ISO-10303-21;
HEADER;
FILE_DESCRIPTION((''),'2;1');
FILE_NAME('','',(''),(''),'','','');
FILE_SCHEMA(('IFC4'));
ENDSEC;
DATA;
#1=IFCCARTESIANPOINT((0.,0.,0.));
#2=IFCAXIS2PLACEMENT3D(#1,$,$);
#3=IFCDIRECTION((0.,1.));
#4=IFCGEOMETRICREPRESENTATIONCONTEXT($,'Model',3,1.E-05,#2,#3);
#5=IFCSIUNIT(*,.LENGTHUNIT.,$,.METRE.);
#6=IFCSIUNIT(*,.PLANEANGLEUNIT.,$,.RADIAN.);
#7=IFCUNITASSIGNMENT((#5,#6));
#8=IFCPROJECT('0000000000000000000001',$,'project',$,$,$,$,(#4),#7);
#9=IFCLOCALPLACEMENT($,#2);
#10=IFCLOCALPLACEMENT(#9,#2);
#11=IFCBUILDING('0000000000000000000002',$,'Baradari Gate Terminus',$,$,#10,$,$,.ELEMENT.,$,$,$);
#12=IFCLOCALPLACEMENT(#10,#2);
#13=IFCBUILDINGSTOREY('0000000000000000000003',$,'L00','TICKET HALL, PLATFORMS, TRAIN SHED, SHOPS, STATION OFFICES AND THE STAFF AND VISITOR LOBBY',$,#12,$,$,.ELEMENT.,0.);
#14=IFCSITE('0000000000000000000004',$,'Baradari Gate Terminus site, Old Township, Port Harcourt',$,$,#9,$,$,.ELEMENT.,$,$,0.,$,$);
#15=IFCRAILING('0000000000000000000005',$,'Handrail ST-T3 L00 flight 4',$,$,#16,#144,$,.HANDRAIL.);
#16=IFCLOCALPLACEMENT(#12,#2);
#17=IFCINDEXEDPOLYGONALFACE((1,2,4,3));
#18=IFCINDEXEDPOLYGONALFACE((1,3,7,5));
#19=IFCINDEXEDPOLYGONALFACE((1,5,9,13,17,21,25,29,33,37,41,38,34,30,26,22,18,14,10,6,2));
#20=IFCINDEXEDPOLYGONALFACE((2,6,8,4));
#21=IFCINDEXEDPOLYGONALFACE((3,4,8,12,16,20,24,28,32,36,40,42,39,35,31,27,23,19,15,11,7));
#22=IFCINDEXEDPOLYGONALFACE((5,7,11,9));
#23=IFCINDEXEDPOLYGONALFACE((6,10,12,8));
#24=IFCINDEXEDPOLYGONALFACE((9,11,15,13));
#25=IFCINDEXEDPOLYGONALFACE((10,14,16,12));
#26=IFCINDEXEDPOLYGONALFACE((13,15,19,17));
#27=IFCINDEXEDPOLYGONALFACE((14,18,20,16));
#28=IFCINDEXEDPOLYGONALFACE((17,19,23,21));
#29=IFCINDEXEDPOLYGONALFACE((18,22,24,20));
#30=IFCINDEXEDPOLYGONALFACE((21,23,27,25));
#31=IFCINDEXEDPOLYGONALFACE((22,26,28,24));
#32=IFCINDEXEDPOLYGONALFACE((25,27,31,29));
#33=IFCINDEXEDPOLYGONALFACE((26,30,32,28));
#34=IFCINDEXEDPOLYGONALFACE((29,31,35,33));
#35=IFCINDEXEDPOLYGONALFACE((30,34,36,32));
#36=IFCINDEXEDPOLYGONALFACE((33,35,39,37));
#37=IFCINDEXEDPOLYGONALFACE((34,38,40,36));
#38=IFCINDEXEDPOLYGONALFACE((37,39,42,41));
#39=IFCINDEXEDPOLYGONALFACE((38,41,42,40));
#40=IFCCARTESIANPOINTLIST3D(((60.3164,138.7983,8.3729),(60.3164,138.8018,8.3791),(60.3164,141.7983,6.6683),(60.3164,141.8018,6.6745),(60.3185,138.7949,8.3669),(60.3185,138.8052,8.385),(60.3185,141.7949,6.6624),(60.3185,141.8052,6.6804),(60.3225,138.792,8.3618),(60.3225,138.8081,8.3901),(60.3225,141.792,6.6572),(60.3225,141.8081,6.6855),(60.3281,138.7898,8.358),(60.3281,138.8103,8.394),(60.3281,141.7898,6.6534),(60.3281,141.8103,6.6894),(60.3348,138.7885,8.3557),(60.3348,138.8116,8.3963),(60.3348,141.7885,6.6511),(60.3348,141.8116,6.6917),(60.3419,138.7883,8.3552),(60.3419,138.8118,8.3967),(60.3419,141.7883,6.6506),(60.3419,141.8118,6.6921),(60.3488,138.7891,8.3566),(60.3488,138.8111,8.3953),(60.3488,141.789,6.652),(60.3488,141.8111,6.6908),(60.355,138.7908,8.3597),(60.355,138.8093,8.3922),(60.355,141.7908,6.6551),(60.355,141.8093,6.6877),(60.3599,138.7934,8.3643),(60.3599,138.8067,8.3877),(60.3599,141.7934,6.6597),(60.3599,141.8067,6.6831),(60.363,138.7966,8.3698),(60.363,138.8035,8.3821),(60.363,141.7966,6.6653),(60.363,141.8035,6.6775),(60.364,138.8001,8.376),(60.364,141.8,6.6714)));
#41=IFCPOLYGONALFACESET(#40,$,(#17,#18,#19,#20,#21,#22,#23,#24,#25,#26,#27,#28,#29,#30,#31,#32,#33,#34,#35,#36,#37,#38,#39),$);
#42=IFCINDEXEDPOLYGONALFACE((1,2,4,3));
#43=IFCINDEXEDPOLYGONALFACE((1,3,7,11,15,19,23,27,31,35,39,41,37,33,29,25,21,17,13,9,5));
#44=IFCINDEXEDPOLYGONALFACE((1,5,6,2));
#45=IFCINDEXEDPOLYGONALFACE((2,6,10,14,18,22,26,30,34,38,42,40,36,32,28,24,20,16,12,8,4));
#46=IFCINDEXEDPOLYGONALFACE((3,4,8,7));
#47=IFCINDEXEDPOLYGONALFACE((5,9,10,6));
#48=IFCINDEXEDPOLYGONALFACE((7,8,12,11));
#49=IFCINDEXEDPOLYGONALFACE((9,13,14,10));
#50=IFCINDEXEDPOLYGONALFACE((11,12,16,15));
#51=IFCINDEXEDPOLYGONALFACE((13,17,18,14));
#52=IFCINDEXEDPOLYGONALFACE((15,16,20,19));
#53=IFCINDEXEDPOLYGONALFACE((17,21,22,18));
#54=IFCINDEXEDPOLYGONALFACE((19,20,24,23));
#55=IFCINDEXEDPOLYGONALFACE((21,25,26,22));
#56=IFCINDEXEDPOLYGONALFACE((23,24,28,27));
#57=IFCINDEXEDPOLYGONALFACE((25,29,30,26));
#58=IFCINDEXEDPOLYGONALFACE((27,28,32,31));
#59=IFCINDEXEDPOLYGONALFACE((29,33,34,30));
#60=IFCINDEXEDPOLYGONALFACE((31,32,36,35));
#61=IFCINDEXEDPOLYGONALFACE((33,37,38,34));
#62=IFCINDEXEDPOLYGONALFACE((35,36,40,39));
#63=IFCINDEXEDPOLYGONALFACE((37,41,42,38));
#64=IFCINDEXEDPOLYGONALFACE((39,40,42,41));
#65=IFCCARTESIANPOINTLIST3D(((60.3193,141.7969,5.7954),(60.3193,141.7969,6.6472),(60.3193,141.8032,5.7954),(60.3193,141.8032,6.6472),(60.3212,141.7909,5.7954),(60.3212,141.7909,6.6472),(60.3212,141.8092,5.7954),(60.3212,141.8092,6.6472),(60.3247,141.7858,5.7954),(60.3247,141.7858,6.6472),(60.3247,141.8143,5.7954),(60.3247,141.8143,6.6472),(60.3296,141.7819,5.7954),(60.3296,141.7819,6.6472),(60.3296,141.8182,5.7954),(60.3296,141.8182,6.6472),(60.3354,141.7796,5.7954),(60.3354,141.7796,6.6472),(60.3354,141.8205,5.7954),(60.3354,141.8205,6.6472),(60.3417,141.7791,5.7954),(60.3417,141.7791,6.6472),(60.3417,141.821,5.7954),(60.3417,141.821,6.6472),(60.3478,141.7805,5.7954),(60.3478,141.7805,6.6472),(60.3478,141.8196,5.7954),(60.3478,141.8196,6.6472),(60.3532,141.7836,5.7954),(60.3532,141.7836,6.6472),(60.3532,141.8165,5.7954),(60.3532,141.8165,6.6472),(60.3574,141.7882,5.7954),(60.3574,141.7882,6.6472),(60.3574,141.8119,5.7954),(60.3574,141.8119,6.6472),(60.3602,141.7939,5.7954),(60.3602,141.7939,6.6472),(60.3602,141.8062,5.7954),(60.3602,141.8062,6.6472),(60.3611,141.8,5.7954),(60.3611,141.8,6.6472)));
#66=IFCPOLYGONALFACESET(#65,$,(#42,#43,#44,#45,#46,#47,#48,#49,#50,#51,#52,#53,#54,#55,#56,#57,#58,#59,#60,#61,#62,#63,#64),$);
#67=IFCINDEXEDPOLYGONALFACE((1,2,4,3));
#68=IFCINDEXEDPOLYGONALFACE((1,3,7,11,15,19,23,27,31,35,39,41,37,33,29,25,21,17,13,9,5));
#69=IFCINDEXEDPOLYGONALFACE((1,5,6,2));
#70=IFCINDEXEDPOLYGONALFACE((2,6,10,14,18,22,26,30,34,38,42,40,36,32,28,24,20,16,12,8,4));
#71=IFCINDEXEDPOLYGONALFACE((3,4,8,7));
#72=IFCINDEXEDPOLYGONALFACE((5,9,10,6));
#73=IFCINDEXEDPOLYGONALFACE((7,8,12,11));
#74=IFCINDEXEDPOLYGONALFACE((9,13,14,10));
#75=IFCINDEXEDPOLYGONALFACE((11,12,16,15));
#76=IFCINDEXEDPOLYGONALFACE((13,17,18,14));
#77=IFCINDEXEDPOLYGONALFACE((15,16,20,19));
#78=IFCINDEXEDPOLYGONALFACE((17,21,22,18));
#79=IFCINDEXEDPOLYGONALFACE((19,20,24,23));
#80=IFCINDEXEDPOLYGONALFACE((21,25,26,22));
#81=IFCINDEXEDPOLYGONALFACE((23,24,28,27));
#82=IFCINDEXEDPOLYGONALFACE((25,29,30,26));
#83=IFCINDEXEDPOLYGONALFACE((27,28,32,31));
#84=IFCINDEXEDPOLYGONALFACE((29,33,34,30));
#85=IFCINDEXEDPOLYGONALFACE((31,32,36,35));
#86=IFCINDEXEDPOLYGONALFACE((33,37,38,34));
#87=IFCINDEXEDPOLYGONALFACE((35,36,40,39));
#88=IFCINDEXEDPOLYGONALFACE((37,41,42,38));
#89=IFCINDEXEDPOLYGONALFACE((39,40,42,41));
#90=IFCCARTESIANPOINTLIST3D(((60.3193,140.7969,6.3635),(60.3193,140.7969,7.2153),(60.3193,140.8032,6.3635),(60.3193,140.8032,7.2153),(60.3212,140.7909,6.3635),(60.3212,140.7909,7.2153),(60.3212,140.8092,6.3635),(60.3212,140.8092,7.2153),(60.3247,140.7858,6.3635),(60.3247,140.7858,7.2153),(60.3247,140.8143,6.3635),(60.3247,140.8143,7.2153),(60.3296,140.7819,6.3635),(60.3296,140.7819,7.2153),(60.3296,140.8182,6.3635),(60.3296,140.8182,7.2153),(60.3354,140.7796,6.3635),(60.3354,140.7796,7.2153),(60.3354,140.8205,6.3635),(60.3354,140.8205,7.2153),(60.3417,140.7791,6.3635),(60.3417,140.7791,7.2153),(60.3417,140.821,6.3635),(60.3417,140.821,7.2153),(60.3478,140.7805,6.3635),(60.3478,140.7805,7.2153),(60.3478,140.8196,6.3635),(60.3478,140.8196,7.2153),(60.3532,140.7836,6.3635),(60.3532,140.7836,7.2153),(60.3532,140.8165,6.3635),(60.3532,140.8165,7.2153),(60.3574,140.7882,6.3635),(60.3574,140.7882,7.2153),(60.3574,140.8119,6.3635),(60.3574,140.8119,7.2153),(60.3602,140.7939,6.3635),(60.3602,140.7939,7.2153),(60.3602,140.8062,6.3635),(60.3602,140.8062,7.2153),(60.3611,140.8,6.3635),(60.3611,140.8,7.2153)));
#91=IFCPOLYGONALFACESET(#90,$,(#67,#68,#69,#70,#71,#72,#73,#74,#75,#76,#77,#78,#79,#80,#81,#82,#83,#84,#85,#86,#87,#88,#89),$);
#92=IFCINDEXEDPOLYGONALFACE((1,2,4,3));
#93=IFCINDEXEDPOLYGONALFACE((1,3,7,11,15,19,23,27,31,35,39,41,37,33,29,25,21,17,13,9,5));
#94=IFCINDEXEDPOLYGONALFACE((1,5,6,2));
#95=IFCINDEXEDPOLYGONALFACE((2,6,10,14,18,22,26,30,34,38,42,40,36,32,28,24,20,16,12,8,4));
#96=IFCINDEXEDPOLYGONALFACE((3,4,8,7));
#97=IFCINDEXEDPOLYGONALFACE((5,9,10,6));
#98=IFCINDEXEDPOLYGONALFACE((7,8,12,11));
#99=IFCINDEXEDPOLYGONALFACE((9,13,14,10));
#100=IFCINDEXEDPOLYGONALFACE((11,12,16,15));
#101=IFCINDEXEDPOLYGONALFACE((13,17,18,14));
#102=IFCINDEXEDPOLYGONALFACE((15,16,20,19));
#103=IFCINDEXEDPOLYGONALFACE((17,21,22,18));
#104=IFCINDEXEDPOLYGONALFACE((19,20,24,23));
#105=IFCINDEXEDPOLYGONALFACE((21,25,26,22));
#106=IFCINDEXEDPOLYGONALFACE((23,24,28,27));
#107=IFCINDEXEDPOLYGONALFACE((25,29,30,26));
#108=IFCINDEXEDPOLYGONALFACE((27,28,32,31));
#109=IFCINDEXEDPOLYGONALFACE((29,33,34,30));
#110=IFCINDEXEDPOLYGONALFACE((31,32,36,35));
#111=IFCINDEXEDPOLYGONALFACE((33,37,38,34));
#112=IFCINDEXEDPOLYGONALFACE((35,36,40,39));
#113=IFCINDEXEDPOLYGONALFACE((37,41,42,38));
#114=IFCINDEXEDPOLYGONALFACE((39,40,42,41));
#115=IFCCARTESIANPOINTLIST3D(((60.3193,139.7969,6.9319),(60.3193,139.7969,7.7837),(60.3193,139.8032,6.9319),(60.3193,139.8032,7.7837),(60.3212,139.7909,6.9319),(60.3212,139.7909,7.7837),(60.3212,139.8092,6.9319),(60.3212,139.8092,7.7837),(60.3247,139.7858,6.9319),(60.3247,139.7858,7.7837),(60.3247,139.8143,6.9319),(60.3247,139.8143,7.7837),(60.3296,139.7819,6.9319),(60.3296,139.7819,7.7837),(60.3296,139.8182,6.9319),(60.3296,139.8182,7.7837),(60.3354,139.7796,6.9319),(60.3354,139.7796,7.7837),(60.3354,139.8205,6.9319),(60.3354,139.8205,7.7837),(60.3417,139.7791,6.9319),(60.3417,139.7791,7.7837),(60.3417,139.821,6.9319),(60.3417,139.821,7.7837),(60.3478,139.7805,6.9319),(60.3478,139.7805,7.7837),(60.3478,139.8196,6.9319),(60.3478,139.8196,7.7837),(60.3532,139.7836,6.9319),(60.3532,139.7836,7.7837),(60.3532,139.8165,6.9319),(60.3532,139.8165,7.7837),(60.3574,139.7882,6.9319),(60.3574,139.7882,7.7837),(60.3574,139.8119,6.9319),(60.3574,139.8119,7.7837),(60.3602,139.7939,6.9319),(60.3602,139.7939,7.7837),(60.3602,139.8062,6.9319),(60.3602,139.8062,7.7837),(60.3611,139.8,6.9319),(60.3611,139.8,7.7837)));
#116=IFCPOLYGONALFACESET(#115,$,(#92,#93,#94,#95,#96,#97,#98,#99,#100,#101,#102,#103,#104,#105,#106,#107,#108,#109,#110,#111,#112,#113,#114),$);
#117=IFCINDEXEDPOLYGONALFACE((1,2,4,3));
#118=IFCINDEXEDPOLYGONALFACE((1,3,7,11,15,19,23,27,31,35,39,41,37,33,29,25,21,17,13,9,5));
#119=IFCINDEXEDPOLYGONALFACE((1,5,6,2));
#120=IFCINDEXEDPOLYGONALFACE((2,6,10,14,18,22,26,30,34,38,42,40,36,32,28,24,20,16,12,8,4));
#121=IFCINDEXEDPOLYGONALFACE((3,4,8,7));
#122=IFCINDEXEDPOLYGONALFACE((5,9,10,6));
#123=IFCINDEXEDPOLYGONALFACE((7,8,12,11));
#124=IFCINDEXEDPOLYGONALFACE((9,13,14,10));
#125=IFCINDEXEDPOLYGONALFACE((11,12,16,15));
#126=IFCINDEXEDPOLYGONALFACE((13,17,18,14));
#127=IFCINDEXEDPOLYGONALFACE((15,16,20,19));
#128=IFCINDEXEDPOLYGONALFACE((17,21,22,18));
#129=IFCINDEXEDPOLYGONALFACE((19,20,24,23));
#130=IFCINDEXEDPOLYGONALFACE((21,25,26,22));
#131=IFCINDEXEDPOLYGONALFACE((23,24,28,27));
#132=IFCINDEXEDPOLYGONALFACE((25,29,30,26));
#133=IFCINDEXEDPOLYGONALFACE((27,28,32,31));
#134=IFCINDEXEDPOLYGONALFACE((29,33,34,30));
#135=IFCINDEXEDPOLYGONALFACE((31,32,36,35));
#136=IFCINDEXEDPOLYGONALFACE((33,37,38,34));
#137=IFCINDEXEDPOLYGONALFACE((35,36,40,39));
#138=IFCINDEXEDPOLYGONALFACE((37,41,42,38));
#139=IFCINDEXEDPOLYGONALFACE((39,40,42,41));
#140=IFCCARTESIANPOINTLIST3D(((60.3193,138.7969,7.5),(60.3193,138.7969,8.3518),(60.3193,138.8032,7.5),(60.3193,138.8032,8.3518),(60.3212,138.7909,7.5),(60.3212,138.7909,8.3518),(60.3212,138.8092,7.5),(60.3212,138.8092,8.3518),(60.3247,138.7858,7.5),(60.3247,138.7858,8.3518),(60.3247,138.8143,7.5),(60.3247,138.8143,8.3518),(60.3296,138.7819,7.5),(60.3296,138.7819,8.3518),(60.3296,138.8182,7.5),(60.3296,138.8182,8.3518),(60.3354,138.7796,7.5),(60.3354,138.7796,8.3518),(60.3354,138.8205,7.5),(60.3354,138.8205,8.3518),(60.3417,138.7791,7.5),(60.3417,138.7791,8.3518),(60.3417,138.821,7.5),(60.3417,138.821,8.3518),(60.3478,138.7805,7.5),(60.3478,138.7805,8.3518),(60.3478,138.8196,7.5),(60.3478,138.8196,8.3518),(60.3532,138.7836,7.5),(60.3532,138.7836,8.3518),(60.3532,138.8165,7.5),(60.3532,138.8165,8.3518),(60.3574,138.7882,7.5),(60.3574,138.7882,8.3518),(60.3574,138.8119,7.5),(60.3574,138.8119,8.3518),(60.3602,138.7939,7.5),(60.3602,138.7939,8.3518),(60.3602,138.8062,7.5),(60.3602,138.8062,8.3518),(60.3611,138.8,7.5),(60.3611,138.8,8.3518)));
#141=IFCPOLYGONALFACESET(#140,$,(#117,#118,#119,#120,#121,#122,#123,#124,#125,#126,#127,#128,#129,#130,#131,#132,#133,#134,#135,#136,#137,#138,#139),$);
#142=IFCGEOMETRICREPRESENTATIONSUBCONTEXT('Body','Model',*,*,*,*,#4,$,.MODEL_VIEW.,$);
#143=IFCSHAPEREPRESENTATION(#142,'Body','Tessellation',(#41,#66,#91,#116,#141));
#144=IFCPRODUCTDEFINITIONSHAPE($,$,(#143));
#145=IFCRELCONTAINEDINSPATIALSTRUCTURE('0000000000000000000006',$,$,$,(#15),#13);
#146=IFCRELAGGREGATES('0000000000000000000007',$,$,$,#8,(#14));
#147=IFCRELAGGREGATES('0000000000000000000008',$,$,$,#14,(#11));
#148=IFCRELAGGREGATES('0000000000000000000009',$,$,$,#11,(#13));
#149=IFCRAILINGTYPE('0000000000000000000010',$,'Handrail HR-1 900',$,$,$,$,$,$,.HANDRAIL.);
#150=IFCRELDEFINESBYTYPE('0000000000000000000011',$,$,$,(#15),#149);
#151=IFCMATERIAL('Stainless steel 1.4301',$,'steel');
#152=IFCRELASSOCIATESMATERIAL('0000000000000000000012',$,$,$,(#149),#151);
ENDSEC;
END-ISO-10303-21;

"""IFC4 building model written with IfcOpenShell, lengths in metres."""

from ifc_helpers import new_model, si_unit, direction, frame, origin, origin_2d, place, context, subcontext, project, spatial, circle, extrude, material, type_object, element, save


model = new_model("IFC4")

# Units and contexts
model_context = context("Model", 3, precision=1e-05, world=origin(), true_north=direction((0.0, 1.0)))
body_context = subcontext(model_context, "Body", "Model", "MODEL_VIEW")
ifc_project = project(units=[si_unit("LENGTHUNIT", "METRE"), si_unit("PLANEANGLEUNIT", "RADIAN")], contexts=[model_context])

# Site, building, storey
site_placement = place(None, origin())
site = spatial("IfcSite", under=ifc_project, at=site_placement, Name="Baradari Gate Terminus site, Old Township, Port Harcourt", CompositionType="ELEMENT", RefElevation=0.0)
building_placement = place(site_placement, origin())
building = spatial("IfcBuilding", under=site, at=building_placement, Name="Baradari Gate Terminus", CompositionType="ELEMENT")
storey_placement = place(building_placement, origin())
storey = spatial("IfcBuildingStorey", under=building, at=storey_placement, Name="L00", Description="TICKET HALL, PLATFORMS, TRAIN SHED, SHOPS, STATION OFFICES AND THE STAFF AND VISITOR LOBBY", CompositionType="ELEMENT", Elevation=0.0)

# Railing
ifc_material_1 = material(Name="Stainless steel 1.4301", Category="steel")
railing_type_1 = type_object("IfcRailingType", Name="Handrail HR-1 900", PredefinedType="HANDRAIL", material=ifc_material_1)
for number, where, name in (
    (1, (60.3401, 141.8, 5.7954), "Handrail ST-T3 L00 flight 4"),
):
    element("IfcRailing", number, at=place(storey_placement, frame(where)), inside=storey, type_object=railing_type_1, Name=name, PredefinedType="HANDRAIL", context=body_context, shape_type="SweptSolid", body=[
        extrude(circle(Radius=0.0239, at=origin_2d()), frame((0.0, 0.0, 0.876), z_axis=(0.0, -0.869451, 0.494019), x_axis=(1.0, 0.0, 0.0)), (0.0, 0.0, 1.0), 3.4504),
        extrude(circle(Radius=0.021, at=origin_2d()), origin(), (0.0, 0.0, 1.0), 0.8518),
        extrude(circle(Radius=0.021, at=origin_2d()), frame((0.0, -1.0, 0.5681)), (0.0, 0.0, 1.0), 0.8518),
        extrude(circle(Radius=0.021, at=origin_2d()), frame((0.0, -2.0, 1.1365)), (0.0, 0.0, 1.0), 0.8518),
        extrude(circle(Radius=0.021, at=origin_2d()), frame((0.0, -3.0, 1.7046)), (0.0, 0.0, 1.0), 0.8518),
    ])

save(model, "model.ifc")
